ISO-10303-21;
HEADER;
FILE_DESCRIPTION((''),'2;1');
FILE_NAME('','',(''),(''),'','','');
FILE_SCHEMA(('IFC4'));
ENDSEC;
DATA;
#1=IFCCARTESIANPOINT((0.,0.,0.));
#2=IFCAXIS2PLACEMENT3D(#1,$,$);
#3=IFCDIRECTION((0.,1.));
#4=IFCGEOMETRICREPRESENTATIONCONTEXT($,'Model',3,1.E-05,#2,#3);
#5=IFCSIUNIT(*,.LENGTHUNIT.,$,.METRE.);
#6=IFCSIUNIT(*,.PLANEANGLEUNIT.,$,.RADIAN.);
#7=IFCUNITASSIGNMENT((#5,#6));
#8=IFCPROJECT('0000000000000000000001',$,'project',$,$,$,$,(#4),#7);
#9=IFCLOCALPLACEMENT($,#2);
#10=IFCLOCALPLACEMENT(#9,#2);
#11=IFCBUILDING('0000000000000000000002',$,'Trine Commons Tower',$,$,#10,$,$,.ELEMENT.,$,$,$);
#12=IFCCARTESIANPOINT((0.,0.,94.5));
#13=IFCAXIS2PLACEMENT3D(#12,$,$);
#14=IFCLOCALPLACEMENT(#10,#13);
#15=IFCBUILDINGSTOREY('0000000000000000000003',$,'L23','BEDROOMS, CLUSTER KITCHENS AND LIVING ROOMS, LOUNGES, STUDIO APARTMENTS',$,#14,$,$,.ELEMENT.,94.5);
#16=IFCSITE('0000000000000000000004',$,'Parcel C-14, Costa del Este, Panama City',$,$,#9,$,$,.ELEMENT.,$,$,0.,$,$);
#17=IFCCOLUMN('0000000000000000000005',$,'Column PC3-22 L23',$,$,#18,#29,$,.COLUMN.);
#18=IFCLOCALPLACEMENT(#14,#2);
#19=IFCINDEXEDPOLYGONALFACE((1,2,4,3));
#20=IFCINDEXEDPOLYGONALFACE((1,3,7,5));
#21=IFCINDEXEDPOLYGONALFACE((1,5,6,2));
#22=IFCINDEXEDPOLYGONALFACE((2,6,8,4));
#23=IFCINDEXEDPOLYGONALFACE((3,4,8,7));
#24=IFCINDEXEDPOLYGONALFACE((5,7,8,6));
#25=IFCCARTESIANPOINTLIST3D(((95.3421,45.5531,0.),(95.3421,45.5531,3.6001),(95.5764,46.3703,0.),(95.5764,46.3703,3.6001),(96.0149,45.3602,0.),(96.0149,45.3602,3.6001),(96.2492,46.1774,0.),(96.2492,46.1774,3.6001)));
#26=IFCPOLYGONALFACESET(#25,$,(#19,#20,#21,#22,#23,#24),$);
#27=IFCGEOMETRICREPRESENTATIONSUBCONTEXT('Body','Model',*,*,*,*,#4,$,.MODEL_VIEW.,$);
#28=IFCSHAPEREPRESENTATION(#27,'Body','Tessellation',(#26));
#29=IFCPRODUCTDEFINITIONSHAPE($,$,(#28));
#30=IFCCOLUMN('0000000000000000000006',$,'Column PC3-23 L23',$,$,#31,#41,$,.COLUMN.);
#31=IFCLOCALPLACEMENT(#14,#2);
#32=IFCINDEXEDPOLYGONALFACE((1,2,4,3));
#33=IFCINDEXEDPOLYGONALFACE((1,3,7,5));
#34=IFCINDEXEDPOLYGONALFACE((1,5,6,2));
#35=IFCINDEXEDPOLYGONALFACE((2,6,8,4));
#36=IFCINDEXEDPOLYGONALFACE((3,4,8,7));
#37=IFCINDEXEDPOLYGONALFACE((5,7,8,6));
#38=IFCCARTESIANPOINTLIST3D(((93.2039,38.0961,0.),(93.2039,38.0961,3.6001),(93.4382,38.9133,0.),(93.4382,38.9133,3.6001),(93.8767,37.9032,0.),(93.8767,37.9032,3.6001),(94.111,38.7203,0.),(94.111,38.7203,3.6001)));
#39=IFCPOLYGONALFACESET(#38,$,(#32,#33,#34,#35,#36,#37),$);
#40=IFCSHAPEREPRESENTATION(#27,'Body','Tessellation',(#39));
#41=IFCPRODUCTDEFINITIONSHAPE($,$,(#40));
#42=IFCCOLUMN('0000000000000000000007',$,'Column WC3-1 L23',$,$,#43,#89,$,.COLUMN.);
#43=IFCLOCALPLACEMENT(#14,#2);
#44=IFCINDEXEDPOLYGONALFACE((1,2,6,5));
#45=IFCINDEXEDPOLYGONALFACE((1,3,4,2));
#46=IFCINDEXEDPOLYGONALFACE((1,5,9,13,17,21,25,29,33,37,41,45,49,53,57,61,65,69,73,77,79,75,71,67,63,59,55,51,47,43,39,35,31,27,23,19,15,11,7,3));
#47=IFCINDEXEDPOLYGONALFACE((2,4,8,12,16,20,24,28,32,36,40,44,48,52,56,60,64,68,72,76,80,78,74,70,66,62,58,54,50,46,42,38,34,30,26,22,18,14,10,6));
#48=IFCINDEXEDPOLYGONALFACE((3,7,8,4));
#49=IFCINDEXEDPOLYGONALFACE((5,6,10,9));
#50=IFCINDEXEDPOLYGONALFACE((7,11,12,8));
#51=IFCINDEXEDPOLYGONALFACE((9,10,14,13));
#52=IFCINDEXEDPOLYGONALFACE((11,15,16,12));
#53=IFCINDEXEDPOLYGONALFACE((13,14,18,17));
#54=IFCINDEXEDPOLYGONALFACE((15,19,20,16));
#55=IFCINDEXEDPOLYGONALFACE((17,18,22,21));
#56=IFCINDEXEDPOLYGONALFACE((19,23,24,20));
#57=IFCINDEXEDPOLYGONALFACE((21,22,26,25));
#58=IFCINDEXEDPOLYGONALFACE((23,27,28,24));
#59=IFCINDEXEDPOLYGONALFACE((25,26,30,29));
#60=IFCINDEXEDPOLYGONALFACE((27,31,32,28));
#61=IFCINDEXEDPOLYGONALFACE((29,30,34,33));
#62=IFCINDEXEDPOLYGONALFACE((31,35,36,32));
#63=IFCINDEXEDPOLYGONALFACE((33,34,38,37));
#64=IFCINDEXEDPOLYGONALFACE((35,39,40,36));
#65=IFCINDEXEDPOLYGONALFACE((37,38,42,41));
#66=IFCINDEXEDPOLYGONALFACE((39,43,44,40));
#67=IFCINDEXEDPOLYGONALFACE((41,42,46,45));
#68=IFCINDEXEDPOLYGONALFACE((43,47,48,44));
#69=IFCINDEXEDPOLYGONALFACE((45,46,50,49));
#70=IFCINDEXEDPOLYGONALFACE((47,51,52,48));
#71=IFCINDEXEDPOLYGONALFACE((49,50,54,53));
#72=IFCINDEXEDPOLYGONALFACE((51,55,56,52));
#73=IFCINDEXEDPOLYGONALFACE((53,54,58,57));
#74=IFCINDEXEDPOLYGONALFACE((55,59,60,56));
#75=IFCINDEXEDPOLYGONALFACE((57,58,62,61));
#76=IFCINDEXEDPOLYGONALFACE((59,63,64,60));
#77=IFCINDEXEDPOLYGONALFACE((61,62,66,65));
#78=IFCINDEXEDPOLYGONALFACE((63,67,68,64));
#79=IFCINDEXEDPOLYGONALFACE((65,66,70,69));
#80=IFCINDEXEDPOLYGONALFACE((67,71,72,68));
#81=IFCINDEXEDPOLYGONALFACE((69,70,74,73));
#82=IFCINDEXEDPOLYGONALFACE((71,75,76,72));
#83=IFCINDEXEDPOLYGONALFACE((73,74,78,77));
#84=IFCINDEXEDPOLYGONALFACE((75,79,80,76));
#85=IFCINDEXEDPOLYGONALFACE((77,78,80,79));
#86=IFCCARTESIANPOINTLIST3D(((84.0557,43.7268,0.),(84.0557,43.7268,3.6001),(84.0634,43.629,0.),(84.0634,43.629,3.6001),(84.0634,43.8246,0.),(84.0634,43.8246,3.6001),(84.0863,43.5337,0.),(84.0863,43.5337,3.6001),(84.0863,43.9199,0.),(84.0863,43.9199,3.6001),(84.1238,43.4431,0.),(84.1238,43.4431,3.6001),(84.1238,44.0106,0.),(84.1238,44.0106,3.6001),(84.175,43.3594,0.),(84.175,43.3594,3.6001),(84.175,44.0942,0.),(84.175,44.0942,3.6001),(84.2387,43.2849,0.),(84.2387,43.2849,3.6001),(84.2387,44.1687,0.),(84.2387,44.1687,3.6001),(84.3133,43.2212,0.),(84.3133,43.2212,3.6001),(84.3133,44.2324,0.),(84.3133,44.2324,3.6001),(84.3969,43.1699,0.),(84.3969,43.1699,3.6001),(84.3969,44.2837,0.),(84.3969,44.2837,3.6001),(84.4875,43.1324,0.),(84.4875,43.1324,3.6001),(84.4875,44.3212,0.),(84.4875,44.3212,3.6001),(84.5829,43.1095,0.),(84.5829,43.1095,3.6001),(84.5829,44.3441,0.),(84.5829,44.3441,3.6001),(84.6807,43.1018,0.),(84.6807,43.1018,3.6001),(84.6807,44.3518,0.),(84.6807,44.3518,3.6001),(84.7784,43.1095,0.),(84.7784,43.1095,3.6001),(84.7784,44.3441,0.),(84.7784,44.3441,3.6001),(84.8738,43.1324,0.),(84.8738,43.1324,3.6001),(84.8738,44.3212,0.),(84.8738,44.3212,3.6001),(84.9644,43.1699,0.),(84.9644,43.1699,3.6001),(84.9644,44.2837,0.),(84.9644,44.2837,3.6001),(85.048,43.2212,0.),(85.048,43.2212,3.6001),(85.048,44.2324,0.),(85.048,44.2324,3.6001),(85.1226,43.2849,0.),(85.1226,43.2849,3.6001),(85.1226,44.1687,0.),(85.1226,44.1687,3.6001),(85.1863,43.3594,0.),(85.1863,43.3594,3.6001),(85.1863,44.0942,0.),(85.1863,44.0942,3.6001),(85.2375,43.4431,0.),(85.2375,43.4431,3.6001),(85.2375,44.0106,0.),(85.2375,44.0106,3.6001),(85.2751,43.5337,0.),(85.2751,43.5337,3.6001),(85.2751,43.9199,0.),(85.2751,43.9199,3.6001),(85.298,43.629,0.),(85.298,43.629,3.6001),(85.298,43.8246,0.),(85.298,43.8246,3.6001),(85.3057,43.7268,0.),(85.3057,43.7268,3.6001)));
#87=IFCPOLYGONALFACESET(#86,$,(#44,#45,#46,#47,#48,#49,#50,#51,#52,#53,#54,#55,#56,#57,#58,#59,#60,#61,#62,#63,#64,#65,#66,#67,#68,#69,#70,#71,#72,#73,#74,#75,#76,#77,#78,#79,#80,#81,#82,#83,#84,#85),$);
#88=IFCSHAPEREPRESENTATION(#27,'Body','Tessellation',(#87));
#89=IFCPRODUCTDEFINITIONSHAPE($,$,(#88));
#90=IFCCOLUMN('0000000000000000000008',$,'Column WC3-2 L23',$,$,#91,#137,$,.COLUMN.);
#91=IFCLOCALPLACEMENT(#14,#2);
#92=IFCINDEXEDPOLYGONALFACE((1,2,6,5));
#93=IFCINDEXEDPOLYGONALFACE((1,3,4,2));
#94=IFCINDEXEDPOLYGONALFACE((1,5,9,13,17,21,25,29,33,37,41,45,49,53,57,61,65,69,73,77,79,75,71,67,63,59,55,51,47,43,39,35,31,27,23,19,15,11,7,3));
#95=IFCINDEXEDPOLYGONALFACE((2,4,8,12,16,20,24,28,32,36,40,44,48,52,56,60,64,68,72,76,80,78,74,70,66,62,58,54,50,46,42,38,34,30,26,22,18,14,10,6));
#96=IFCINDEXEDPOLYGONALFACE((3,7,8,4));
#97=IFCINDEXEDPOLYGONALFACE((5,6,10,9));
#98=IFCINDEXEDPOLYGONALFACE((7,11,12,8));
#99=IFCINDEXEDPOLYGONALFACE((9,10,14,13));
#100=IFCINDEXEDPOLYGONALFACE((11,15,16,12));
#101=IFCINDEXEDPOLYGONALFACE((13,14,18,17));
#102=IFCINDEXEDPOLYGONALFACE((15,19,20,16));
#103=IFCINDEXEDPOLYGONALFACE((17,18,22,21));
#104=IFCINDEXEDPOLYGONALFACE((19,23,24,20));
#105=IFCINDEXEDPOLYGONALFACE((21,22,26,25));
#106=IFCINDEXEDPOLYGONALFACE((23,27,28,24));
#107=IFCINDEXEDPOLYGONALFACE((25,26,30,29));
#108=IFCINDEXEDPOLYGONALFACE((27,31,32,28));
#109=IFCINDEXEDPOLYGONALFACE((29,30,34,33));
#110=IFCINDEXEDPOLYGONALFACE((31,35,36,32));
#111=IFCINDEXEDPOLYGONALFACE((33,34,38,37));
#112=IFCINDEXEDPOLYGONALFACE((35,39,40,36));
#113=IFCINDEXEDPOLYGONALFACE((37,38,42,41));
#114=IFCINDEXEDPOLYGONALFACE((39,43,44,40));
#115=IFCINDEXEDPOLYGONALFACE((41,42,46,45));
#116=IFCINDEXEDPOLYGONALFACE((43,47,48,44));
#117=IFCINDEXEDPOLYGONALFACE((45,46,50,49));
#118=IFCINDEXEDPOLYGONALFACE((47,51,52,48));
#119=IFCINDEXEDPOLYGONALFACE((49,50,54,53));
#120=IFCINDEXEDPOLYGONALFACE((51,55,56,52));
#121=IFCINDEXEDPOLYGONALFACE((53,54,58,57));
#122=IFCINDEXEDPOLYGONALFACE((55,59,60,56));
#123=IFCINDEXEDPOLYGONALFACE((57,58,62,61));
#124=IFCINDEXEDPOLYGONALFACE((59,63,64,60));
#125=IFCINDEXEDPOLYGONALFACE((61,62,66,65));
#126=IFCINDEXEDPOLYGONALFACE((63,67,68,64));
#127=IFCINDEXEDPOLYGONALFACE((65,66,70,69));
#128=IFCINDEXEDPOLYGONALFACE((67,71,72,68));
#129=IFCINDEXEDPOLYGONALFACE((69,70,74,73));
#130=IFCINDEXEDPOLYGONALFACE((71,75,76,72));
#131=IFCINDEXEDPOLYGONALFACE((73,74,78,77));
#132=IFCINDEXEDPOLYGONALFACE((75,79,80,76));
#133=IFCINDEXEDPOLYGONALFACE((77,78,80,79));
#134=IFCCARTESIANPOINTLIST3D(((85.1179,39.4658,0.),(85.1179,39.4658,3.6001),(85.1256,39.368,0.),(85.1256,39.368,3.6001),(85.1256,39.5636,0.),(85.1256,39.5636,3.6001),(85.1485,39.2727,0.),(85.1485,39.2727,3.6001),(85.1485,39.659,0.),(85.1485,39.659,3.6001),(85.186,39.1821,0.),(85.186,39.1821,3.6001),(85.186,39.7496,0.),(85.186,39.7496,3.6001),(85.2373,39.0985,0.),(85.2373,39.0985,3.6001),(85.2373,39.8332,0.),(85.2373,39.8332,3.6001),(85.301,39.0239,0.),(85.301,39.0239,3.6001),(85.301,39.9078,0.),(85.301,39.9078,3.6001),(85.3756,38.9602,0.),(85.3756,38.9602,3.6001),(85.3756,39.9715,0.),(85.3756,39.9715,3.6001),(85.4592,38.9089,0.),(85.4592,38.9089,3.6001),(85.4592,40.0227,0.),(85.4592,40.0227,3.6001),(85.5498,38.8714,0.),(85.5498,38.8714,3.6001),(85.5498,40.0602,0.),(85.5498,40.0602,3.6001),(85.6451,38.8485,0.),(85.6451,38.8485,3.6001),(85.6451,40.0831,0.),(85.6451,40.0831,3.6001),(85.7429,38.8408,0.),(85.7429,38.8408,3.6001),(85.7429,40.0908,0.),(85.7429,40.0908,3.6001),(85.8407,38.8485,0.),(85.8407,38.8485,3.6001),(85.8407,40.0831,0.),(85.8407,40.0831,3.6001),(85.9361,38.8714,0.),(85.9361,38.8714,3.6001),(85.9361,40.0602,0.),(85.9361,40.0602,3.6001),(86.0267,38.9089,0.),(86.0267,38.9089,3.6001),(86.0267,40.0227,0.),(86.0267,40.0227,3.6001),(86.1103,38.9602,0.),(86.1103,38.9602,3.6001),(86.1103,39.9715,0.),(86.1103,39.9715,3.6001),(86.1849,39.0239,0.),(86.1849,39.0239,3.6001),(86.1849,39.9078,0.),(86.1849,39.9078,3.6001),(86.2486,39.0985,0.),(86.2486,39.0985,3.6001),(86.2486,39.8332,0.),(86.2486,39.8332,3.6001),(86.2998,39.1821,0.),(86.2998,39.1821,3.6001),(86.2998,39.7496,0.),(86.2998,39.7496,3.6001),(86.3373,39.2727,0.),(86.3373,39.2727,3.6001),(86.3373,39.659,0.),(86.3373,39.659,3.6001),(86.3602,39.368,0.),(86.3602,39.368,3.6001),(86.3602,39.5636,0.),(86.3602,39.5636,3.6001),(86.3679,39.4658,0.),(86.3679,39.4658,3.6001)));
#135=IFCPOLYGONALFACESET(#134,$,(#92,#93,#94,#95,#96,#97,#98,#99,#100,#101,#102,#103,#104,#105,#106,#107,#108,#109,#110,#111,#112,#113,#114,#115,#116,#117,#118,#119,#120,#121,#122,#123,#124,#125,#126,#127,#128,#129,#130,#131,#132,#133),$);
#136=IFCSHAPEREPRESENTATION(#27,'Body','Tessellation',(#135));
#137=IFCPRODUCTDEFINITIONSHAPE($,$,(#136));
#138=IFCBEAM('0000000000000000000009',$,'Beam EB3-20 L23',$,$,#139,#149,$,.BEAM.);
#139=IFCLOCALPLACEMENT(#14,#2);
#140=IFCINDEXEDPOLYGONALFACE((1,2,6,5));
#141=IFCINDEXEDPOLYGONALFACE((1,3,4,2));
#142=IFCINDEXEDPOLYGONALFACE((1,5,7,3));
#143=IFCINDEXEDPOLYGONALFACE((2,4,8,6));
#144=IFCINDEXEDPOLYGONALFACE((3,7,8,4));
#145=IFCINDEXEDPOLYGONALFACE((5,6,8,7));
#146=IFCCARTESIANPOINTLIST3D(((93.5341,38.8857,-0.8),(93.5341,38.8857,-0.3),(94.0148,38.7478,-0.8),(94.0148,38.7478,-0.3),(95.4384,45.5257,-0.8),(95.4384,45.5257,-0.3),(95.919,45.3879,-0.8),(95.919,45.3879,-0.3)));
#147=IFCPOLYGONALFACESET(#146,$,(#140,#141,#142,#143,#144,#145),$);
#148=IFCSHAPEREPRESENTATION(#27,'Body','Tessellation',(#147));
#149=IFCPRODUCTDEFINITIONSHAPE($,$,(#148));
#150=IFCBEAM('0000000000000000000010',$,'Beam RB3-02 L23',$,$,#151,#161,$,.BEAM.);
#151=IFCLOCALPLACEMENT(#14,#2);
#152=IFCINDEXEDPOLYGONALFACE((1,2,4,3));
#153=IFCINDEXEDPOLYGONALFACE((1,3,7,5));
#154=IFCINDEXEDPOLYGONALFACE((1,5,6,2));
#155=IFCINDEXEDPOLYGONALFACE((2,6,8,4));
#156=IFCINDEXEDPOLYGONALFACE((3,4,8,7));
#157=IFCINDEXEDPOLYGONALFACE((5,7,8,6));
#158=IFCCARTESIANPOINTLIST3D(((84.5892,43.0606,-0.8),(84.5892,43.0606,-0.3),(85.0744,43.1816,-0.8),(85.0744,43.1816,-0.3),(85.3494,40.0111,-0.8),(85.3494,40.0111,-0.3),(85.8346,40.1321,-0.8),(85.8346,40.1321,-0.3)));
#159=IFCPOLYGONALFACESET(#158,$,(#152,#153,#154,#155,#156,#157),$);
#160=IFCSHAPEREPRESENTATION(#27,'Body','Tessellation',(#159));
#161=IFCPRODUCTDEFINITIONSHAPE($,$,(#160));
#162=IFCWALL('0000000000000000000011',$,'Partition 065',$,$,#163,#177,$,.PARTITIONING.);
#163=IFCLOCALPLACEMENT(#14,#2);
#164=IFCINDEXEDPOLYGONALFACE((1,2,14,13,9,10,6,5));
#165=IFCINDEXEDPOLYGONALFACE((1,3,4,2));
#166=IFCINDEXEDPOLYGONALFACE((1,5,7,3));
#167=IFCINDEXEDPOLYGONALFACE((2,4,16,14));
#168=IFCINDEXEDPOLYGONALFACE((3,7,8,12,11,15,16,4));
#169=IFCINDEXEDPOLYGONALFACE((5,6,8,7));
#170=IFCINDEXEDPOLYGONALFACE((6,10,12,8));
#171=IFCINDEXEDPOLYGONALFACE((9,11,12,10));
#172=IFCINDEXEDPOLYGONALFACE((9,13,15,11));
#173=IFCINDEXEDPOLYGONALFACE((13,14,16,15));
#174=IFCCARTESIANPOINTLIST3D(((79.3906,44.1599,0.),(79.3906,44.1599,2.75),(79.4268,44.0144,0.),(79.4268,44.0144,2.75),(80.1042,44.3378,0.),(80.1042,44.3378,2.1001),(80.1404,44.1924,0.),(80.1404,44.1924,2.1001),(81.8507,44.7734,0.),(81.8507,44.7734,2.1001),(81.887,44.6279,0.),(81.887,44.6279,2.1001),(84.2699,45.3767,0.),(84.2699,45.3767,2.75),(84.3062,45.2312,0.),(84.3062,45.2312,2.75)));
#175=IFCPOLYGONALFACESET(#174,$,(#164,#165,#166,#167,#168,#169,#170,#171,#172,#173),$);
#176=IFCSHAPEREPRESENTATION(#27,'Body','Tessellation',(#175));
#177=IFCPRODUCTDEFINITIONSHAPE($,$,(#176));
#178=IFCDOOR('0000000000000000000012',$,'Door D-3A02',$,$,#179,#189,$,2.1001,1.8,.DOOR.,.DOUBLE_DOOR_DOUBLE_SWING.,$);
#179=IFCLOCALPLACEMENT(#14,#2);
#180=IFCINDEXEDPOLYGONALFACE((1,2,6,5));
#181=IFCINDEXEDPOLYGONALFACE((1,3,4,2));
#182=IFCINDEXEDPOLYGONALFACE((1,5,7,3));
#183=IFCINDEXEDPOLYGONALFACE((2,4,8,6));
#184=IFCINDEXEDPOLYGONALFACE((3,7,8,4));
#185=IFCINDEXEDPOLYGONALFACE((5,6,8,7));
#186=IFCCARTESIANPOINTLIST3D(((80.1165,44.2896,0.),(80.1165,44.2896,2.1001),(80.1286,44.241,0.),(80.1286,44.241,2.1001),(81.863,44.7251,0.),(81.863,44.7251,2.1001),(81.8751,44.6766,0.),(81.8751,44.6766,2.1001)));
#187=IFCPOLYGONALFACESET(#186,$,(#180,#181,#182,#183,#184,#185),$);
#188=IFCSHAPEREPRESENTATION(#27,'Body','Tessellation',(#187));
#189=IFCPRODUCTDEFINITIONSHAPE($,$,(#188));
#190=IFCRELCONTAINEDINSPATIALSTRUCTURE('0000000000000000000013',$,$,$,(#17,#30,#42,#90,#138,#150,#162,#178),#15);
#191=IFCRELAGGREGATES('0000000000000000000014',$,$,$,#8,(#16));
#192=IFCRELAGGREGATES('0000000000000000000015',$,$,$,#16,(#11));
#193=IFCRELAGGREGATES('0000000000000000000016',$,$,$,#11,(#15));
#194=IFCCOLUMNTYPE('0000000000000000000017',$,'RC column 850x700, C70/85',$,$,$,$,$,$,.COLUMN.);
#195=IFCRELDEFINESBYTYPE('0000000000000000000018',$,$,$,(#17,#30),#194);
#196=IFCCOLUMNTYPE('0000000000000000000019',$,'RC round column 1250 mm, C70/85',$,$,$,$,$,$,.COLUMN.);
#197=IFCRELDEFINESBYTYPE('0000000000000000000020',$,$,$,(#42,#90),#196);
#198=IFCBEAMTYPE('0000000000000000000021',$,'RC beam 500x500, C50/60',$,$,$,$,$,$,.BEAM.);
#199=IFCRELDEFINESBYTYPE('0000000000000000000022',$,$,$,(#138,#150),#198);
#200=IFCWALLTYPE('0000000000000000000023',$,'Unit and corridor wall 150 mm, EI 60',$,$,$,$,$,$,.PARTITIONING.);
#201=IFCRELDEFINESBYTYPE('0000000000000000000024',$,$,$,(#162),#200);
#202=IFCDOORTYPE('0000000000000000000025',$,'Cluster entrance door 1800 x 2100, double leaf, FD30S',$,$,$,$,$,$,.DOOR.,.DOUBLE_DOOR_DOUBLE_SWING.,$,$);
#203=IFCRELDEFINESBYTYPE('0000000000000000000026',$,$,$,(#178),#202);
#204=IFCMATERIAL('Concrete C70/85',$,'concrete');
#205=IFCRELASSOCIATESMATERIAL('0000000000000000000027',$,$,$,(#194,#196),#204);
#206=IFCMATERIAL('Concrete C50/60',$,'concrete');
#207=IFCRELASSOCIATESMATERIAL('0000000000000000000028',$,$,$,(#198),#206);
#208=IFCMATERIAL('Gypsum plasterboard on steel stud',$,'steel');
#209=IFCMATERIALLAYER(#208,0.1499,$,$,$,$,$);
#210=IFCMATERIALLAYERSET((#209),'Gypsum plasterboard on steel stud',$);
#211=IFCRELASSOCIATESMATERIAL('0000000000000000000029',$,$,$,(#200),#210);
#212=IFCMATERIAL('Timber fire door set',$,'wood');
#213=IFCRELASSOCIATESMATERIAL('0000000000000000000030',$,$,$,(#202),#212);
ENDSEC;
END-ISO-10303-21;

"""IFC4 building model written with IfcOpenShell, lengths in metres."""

from ifc_helpers import new_model, si_unit, direction, frame, frame_2d, origin, origin_2d, place, context, subcontext, project, spatial, rectangle, circle, extrude, material, layer, layer_set, material_profile, profile_set, type_object, element, fill, save


model = new_model("IFC4")

# Units and contexts
model_context = context("Model", 3, precision=1e-05, world=origin(), true_north=direction((0.0, 1.0)))
body_context = subcontext(model_context, "Body", "Model", "MODEL_VIEW")
ifc_project = project(units=[si_unit("LENGTHUNIT", "METRE"), si_unit("PLANEANGLEUNIT", "RADIAN")], contexts=[model_context])

# Site, building, storey
site_placement = place(None, origin())
site = spatial("IfcSite", under=ifc_project, at=site_placement, Name="Parcel C-14, Costa del Este, Panama City", CompositionType="ELEMENT", RefElevation=0.0)
building_placement = place(site_placement, origin())
building = spatial("IfcBuilding", under=site, at=building_placement, Name="Trine Commons Tower", CompositionType="ELEMENT")
storey_placement = place(building_placement, frame((0.0, 0.0, 94.5)))
storey = spatial("IfcBuildingStorey", under=building, at=storey_placement, Name="L23", Description="BEDROOMS, CLUSTER KITCHENS AND LIVING ROOMS, LOUNGES, STUDIO APARTMENTS", CompositionType="ELEMENT", Elevation=94.5)

# Columns
ifc_material_1 = material(Name="Concrete C70/85", Category="concrete")
ifc_material_profile_1 = material_profile(ifc_material_1, rectangle(XDim=0.8501, YDim=0.7, at=origin_2d()), Name="RC 850x700")
ifc_profile_set_1 = profile_set([ifc_material_profile_1], Name="Concrete C70/85")
column_type_1 = type_object("IfcColumnType", Name="RC column 850x700, C70/85", PredefinedType="COLUMN", material=ifc_profile_set_1)
for number, where, z_axis, x_axis, name in (
    (1, (95.7957, 45.8652, 0.0), (0.0, 0.0, 1.0), (0.275637, 0.961262, 0.0), "Column PC3-22 L23"),
    (2, (93.6575, 38.4082, 0.0), (0.0, 0.0, 1.0), (0.275637, 0.961262, 0.0), "Column PC3-23 L23"),
):
    element("IfcColumn", number, at=place(storey_placement, frame(where, z_axis=z_axis, x_axis=x_axis)), inside=storey, type_object=column_type_1, Name=name, PredefinedType="COLUMN", context=body_context, shape_type="SweptSolid", body=[
        extrude(rectangle(XDim=0.8501, YDim=0.7, at=origin_2d()), origin(), (0.0, 0.0, 1.0), 3.6001),
    ])
ifc_material_profile_2 = material_profile(ifc_material_1, circle(Radius=0.625, at=origin_2d()), Name="RC round 1250")
ifc_profile_set_2 = profile_set([ifc_material_profile_2], Name="Concrete C70/85")
column_type_2 = type_object("IfcColumnType", Name="RC round column 1250 mm, C70/85", PredefinedType="COLUMN", material=ifc_profile_set_2)
for number, where, z_axis, x_axis, name in (
    (3, (84.6807, 43.7268, 0.0), (0.0, 0.0, 1.0), (1.0, 0.0, 0.0), "Column WC3-1 L23"),
    (4, (85.7429, 39.4658, 0.0), (0.0, 0.0, 1.0), (1.0, 0.0, 0.0), "Column WC3-2 L23"),
):
    element("IfcColumn", number, at=place(storey_placement, frame(where, z_axis=z_axis, x_axis=x_axis)), inside=storey, type_object=column_type_2, Name=name, PredefinedType="COLUMN", context=body_context, shape_type="SweptSolid", body=[
        extrude(circle(Radius=0.625, at=origin_2d()), origin(), (0.0, 0.0, 1.0), 3.6001),
    ])

# Beams
ifc_material_2 = material(Name="Concrete C50/60", Category="concrete")
ifc_material_profile_3 = material_profile(ifc_material_2, rectangle(XDim=0.5, YDim=0.5, at=origin_2d()), Name="RC 500x500")
ifc_profile_set_3 = profile_set([ifc_material_profile_3], Name="Concrete C50/60")
beam_type = type_object("IfcBeamType", Name="RC beam 500x500, C50/60", PredefinedType="BEAM", material=ifc_profile_set_3)
beam_1_placement = place(storey_placement, frame((95.6787, 45.4568, -0.55), z_axis=(-0.275673, -0.961251, 0.0), x_axis=(0.961251, -0.275673, 0.0)))
element("IfcBeam", 5, at=beam_1_placement, inside=storey, type_object=beam_type, Name="Beam EB3-20 L23", PredefinedType="BEAM", context=body_context, shape_type="SweptSolid", body=[
    extrude(rectangle(XDim=0.5, YDim=0.5, at=origin_2d()), origin(), (0.0, 0.0, 1.0), 6.9077),
])
beam_2_placement = place(storey_placement, frame((84.8318, 43.1211, -0.55), z_axis=(0.241896, -0.970302, 0.0), x_axis=(0.970302, 0.241896, 0.0)))
element("IfcBeam", 6, at=beam_2_placement, inside=storey, type_object=beam_type, Name="Beam RB3-02 L23", PredefinedType="BEAM", context=body_context, shape_type="SweptSolid", body=[
    extrude(rectangle(XDim=0.5, YDim=0.5, at=origin_2d()), origin(), (0.0, 0.0, 1.0), 3.1428),
])

# Wall, opening, door
ifc_material_3 = material(Name="Gypsum plasterboard on steel stud", Category="steel")
ifc_layer_1 = layer(ifc_material_3, 0.1499)
ifc_layer_set_1 = layer_set([ifc_layer_1], Name="Gypsum plasterboard on steel stud")
wall_type_1 = type_object("IfcWallType", Name="Unit and corridor wall 150 mm, EI 60", PredefinedType="PARTITIONING", material=ifc_layer_set_1)
wall_1_placement = place(storey_placement, frame((79.4087, 44.0872, 0.0), z_axis=(0.0, 0.0, 1.0), x_axis=(0.970285, 0.241964, 0.0)))
wall_1 = element("IfcWall", 7, at=wall_1_placement, inside=storey, type_object=wall_type_1, Name="Partition 065", PredefinedType="PARTITIONING", context=body_context, shape_type="SweptSolid", body=[
    extrude(rectangle(XDim=5.0288, YDim=0.1499, at=frame_2d((2.5144, 0.0))), origin(), (0.0, 0.0, 1.0), 2.75),
])
opening_1_placement = place(wall_1_placement, frame((0.7356, 0.0, 0.0)))
opening_1 = element("IfcOpeningElement", 8, at=opening_1_placement, cuts=wall_1, PredefinedType="OPENING", context=body_context, shape_type="SweptSolid", body=[
    extrude(rectangle(XDim=1.8, YDim=2.1001, at=frame_2d((0.8999, 1.05))), frame((0.0, 0.085, 0.0), z_axis=(0.0, -1.0, 0.0), x_axis=(1.0, 0.0, 0.0)), (0.0, 0.0, 1.0), 0.1699),
])
ifc_material_4 = material(Name="Timber fire door set", Category="wood")
door_type_1 = type_object("IfcDoorType", Name="Cluster entrance door 1800 x 2100, double leaf, FD30S", OperationType="DOUBLE_DOOR_DOUBLE_SWING", PredefinedType="DOOR", material=ifc_material_4)
door_1_placement = place(opening_1_placement, frame((1.8, 0.0, 0.0), z_axis=(0.0, 0.0, 1.0), x_axis=(-1.0, 0.0, 0.0)))
door_1 = element("IfcDoor", 9, at=door_1_placement, inside=storey, type_object=door_type_1, Name="Door D-3A02", OperationType="DOUBLE_DOOR_DOUBLE_SWING", OverallHeight=2.1001, OverallWidth=1.8, PredefinedType="DOOR", context=body_context, shape_type="SweptSolid", body=[
    extrude(rectangle(XDim=1.8, YDim=2.1001, at=frame_2d((0.8999, 1.05))), frame((0.0, 0.0249, 0.0), z_axis=(0.0, -1.0, 0.0), x_axis=(1.0, 0.0, 0.0)), (0.0, 0.0, 1.0), 0.05),
])
fill(opening_1, door_1)

save(model, "model.ifc")
